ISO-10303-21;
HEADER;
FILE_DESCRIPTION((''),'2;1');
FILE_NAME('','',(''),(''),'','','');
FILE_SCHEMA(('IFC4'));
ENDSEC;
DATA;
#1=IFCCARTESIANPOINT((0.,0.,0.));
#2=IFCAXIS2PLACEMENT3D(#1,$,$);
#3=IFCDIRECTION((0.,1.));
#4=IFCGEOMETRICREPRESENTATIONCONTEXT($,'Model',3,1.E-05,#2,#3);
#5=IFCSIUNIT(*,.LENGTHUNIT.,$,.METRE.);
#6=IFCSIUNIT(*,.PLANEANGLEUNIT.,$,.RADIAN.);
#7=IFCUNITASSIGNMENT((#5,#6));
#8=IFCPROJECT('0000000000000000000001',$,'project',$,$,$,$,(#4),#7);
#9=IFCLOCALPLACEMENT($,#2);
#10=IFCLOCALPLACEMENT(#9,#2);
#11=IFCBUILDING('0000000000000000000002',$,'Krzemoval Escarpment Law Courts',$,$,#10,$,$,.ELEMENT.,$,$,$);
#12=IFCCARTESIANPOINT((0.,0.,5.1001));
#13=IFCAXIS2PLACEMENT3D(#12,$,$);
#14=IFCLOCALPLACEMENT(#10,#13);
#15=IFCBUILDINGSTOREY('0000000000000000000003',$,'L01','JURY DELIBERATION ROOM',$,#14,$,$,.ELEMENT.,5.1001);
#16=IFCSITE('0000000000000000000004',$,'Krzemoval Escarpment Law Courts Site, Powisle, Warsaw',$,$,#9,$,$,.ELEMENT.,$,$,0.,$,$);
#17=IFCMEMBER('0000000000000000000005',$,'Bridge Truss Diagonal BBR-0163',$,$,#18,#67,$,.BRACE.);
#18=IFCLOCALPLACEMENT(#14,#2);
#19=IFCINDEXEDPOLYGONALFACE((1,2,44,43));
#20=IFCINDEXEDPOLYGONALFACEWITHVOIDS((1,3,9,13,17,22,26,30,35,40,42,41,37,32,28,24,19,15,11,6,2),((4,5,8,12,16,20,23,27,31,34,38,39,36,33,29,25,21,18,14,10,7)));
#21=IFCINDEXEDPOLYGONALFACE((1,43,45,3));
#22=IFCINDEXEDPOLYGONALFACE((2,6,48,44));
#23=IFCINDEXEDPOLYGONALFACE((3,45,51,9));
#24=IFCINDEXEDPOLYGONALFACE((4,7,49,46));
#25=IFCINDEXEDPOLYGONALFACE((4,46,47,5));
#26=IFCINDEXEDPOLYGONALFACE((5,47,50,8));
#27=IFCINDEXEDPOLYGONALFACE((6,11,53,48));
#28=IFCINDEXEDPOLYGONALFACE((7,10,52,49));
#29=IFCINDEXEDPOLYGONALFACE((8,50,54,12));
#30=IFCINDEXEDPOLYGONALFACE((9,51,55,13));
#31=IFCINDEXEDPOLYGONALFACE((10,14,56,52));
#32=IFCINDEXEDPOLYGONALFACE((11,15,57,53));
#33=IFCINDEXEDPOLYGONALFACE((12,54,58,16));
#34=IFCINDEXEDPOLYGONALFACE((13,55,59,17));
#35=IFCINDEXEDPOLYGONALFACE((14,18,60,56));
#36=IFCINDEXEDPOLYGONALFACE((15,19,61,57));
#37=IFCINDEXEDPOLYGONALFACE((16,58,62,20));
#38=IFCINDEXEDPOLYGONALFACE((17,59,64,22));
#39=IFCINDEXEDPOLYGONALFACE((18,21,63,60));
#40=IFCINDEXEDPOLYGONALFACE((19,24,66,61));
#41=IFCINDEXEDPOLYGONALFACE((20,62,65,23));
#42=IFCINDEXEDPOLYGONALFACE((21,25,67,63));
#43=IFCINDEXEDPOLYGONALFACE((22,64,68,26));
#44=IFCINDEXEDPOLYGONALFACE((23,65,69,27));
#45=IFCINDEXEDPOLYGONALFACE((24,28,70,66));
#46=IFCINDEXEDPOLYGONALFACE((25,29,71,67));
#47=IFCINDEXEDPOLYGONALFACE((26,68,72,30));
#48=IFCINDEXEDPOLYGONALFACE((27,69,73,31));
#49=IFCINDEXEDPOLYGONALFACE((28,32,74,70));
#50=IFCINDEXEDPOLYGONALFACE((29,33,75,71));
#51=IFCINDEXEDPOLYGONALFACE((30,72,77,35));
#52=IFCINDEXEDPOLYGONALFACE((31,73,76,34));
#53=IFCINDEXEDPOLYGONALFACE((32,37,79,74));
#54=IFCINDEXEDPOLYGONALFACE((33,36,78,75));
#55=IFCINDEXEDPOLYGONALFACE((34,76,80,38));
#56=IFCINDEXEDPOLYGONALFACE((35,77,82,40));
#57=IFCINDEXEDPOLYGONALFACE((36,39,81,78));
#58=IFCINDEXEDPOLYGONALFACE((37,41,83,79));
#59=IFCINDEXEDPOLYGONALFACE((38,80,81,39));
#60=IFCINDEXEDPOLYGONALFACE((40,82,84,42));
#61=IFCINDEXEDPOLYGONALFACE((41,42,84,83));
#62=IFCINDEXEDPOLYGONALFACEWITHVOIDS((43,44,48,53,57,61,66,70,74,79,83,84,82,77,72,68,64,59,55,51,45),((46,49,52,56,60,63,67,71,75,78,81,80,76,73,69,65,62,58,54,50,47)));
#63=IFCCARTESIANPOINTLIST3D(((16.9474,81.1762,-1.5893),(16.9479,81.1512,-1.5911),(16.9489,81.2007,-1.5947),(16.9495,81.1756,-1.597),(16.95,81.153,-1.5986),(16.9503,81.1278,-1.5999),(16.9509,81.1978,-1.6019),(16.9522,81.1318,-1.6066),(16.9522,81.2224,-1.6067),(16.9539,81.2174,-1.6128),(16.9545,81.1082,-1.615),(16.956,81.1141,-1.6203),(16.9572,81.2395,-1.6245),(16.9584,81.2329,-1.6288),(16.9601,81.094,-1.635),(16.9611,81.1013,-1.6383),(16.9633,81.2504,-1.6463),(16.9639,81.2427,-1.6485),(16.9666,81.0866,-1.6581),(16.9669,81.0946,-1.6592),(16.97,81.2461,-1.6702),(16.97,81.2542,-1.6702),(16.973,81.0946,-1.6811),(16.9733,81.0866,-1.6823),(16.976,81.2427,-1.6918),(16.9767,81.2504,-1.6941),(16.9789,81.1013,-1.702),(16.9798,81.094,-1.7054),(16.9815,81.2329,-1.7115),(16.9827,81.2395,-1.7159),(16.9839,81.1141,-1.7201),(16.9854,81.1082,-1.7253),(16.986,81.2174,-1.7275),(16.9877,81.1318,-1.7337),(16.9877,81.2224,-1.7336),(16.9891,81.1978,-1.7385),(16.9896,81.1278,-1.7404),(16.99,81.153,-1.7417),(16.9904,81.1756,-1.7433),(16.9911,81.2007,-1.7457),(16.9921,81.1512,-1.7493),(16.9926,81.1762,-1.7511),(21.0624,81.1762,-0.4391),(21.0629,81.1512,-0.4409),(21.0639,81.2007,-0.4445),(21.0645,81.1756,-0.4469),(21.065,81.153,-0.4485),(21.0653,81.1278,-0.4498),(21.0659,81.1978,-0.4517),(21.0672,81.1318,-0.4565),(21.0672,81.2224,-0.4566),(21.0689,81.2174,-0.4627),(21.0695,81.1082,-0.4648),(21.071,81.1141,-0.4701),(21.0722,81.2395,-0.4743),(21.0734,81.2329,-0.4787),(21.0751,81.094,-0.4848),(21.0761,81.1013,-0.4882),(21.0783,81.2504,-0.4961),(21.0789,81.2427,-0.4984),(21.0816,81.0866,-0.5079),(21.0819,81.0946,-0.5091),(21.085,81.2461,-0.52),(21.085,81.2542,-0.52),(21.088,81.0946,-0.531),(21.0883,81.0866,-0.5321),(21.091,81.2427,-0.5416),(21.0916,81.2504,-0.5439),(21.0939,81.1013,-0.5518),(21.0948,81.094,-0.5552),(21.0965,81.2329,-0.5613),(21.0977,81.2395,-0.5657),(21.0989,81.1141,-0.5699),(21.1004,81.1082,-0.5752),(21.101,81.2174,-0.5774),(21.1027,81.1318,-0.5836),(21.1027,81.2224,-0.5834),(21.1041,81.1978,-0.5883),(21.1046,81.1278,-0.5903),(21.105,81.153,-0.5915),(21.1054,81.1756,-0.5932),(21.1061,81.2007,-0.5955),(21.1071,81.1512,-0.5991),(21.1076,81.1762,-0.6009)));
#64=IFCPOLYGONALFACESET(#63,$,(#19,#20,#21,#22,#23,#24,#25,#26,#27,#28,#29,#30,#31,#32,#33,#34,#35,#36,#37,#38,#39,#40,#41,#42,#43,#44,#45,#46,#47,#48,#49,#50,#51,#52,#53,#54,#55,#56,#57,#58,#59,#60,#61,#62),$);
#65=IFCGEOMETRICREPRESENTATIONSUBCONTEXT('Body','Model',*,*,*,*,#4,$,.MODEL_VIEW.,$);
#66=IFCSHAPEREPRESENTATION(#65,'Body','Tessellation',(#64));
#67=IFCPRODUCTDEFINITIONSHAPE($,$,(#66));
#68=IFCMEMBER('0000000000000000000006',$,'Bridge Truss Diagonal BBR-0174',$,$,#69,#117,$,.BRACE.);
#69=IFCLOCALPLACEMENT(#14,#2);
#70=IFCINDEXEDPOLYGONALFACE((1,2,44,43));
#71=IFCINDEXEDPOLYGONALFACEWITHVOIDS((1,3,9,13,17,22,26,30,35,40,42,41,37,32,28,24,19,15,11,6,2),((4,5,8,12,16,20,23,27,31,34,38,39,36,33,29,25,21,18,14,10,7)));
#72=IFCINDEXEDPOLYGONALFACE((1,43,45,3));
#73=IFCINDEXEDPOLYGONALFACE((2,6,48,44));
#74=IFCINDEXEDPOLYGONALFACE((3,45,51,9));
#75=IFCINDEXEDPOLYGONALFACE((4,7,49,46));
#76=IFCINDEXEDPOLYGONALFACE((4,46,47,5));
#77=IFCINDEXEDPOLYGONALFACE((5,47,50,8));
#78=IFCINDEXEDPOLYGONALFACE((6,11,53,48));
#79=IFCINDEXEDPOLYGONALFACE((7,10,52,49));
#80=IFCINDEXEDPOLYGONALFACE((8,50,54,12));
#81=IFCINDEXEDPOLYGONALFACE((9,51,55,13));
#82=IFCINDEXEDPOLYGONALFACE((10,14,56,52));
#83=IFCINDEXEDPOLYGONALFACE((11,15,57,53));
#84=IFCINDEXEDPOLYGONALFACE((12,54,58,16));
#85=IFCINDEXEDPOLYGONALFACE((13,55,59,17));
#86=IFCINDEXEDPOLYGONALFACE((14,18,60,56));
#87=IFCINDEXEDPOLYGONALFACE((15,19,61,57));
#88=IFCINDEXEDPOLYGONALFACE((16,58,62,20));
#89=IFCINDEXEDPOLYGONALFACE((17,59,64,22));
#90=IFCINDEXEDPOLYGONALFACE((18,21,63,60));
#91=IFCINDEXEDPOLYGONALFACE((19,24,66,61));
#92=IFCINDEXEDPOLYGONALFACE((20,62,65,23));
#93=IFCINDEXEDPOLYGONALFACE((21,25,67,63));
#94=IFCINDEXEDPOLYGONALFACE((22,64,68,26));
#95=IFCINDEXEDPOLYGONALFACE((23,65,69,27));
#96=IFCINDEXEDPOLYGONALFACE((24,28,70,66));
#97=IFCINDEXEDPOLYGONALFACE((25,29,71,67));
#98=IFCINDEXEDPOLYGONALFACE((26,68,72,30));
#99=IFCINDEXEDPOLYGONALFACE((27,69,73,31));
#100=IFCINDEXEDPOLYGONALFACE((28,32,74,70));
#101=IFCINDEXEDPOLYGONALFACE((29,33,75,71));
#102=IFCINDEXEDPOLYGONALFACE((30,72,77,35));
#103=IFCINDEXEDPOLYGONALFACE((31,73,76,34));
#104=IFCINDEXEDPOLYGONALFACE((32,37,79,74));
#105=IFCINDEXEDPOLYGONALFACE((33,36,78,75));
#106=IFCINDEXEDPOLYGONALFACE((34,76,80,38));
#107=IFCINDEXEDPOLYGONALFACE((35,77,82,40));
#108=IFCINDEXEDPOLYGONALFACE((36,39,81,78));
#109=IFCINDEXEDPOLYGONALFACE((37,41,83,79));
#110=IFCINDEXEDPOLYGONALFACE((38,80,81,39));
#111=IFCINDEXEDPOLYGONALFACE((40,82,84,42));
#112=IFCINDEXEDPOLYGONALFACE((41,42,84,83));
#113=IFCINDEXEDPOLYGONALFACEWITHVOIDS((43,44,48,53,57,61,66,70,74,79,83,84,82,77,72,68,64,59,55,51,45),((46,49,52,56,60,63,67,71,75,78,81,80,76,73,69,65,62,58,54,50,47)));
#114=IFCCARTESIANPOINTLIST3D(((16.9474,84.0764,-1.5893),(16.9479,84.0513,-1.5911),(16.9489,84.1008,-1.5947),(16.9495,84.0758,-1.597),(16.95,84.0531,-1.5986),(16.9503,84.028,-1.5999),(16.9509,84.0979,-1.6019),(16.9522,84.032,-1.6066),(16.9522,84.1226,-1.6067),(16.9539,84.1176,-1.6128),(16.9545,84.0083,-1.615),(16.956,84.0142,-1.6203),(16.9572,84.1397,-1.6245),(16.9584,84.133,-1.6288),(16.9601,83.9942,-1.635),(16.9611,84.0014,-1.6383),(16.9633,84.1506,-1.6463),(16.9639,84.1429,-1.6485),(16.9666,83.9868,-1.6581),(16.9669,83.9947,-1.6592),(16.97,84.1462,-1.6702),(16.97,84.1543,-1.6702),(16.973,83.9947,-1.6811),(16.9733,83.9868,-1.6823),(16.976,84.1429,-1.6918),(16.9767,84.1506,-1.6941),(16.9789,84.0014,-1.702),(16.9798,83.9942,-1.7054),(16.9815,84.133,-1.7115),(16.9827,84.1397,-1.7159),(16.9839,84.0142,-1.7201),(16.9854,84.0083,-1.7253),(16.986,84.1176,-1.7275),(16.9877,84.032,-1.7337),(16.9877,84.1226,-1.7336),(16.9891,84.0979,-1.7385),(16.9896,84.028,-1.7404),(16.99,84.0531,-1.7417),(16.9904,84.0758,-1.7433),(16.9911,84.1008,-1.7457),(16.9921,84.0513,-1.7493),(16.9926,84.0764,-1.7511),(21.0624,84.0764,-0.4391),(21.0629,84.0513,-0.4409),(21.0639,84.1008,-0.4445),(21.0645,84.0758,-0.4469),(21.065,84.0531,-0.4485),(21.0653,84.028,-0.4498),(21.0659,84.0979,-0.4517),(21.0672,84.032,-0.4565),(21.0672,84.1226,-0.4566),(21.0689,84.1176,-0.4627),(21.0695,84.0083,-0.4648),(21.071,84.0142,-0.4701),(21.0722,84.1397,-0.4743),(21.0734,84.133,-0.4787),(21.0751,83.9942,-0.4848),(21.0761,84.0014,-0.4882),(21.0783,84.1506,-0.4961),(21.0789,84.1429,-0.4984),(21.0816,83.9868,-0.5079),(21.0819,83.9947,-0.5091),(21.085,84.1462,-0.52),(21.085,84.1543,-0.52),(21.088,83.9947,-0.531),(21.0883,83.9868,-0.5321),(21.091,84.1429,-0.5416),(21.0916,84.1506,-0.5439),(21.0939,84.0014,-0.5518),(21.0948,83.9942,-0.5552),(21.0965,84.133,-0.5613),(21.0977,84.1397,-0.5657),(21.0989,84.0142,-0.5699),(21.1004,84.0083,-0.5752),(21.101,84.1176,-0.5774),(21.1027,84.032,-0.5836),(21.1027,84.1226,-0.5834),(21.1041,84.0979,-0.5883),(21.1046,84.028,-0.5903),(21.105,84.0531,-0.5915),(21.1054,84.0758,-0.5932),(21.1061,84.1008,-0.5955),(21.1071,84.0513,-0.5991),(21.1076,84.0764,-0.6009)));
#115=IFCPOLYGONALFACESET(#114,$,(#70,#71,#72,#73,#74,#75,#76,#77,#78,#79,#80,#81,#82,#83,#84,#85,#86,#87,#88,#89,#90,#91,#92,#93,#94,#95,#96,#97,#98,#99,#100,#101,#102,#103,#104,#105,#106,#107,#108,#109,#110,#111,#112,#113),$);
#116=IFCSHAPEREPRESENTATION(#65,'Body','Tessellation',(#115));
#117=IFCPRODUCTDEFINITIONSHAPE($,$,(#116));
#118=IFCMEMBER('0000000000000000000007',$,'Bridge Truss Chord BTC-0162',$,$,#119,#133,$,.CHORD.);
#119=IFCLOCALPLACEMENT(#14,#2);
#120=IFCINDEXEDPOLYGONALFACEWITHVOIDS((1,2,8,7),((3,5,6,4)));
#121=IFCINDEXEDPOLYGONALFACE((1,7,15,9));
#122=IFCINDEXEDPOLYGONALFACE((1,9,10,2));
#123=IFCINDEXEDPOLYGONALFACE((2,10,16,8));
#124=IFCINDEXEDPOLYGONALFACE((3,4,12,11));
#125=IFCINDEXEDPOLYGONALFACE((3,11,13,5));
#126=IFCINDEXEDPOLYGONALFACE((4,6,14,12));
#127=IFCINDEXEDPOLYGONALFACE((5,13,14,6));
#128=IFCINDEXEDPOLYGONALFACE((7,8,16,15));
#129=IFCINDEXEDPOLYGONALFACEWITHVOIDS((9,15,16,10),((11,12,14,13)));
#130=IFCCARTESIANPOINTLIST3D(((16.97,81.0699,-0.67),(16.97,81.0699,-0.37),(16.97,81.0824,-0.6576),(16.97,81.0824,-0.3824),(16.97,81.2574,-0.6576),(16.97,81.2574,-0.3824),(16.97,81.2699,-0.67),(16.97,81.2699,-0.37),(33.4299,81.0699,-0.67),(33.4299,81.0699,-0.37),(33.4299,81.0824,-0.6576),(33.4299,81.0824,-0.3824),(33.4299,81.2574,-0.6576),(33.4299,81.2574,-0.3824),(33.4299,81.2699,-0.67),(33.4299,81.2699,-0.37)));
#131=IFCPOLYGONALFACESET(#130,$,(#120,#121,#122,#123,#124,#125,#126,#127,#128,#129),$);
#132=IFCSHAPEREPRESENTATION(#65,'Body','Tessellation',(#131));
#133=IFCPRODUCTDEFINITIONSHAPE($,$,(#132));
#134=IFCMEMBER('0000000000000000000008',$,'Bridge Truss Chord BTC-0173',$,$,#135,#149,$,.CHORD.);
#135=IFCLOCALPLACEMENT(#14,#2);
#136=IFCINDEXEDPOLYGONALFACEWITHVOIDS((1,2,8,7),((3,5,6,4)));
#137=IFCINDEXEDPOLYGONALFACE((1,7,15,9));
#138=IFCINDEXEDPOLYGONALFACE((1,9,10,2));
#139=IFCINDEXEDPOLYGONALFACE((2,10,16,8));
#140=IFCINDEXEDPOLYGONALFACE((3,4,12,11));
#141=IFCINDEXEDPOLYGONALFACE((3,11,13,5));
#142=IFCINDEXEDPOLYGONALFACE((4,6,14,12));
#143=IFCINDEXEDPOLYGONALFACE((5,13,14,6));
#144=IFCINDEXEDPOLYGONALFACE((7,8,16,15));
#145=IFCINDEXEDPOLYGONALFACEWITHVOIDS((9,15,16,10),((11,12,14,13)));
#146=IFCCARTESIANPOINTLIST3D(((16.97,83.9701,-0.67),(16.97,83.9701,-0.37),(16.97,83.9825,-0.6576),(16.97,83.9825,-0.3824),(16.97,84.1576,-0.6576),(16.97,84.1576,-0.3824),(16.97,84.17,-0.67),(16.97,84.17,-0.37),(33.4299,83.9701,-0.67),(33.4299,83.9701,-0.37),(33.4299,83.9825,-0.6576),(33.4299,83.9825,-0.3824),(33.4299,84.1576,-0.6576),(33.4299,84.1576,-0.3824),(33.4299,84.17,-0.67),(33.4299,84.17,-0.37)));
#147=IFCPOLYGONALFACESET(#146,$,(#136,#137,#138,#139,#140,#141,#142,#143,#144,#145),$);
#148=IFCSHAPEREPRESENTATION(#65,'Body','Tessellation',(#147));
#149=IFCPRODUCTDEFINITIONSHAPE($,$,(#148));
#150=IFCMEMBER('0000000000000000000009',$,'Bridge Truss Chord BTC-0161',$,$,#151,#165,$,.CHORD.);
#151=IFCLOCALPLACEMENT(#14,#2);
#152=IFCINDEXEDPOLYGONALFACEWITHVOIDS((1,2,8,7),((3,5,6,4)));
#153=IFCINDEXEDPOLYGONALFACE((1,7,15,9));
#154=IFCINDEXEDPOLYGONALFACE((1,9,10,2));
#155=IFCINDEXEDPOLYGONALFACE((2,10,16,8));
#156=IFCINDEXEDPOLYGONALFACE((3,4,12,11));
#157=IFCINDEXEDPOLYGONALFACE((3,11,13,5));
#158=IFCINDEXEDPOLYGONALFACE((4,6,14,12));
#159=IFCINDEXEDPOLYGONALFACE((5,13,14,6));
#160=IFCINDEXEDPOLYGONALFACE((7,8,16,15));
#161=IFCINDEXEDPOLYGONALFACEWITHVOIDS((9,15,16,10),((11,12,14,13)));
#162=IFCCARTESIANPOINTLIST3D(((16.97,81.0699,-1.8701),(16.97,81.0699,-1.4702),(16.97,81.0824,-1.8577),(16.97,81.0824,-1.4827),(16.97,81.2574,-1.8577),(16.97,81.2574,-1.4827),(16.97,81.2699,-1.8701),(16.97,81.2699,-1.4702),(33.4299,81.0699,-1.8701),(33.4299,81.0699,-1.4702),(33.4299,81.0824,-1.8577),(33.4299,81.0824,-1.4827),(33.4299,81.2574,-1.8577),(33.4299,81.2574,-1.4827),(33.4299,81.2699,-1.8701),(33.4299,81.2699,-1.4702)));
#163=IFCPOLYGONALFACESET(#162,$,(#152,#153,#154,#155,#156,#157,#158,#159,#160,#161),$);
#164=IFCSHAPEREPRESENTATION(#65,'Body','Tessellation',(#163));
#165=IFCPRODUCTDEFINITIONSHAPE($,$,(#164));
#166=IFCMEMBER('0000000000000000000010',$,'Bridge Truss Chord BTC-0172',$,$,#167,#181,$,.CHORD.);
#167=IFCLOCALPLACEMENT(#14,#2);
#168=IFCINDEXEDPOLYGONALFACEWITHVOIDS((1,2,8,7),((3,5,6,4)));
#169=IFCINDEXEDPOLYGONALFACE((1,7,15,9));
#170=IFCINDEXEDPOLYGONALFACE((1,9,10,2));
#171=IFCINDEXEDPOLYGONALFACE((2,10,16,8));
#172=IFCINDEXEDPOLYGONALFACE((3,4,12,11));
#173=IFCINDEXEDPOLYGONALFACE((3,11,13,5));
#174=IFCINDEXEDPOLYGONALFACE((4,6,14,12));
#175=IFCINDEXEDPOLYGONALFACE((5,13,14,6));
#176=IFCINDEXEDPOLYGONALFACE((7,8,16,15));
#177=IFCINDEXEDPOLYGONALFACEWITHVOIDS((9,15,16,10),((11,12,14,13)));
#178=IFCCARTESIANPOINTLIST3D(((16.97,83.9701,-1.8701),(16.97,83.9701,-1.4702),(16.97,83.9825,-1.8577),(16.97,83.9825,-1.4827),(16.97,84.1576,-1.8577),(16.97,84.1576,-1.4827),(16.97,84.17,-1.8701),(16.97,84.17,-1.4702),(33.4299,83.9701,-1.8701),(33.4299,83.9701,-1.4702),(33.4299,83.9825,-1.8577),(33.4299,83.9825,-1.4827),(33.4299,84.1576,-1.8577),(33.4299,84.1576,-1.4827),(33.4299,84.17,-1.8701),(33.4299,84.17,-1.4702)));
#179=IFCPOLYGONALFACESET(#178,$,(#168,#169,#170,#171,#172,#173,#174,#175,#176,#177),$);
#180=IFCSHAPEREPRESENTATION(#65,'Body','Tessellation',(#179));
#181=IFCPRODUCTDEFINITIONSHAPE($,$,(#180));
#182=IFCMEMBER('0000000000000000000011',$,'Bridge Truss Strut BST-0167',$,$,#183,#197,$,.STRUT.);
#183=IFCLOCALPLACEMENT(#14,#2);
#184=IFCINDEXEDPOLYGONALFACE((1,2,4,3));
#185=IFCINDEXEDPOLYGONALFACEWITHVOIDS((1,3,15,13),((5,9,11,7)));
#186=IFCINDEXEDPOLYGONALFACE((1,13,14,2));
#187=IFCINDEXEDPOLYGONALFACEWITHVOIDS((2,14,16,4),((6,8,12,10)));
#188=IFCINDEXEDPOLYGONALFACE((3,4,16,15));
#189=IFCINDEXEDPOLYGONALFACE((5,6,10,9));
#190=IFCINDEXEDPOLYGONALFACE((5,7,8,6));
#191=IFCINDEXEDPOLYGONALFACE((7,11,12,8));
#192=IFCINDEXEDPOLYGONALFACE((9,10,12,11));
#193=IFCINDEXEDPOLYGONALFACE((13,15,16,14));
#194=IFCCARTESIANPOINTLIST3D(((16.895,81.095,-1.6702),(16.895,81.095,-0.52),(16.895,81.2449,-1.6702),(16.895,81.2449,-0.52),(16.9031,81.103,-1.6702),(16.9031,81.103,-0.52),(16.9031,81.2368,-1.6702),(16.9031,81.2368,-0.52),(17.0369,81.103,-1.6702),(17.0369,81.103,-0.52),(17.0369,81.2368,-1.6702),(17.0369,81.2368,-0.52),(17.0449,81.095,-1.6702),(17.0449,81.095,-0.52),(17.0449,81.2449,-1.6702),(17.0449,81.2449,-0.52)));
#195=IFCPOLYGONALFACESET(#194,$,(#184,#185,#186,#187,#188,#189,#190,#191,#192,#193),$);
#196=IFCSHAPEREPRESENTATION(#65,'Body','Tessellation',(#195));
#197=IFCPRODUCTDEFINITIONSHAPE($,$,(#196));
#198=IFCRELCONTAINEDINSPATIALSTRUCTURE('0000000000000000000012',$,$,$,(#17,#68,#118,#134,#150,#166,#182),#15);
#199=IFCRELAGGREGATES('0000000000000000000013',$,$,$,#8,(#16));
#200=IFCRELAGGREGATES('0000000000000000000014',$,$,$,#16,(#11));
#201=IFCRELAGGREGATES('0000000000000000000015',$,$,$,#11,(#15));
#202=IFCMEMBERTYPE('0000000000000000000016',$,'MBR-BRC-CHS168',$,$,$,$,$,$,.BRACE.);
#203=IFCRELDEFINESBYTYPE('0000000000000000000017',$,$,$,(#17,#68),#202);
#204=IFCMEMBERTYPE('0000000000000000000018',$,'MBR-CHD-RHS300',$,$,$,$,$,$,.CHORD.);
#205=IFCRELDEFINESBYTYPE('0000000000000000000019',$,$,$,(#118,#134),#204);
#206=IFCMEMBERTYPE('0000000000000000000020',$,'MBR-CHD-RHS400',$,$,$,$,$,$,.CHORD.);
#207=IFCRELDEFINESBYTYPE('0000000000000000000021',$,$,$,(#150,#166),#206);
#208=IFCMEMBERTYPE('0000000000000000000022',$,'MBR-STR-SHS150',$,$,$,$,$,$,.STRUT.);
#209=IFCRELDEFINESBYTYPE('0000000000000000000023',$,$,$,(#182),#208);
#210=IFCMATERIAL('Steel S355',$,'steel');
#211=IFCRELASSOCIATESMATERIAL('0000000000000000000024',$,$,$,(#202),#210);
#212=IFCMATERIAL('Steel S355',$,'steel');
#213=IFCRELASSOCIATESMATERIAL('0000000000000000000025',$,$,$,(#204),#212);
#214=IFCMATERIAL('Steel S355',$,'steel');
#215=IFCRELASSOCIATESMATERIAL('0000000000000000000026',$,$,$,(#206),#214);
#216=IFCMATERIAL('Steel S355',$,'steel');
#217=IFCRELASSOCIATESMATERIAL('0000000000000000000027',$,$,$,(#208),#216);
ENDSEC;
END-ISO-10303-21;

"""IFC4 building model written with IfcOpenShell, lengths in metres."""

from ifc_helpers import new_model, si_unit, direction, frame, origin, origin_2d, place, context, subcontext, project, spatial, hollow_rectangle, hollow_circle, extrude, material, material_profile, profile_set, type_object, element, save


model = new_model("IFC4")

# Units and contexts
model_context = context("Model", 3, precision=1e-05, world=origin(), true_north=direction((0.0, 1.0)))
body_context = subcontext(model_context, "Body", "Model", "MODEL_VIEW")
ifc_project = project(units=[si_unit("LENGTHUNIT", "METRE"), si_unit("PLANEANGLEUNIT", "RADIAN")], contexts=[model_context])

# Site, building, storey
site_placement = place(None, origin())
site = spatial("IfcSite", under=ifc_project, at=site_placement, Name="Krzemoval Escarpment Law Courts Site, Powisle, Warsaw", CompositionType="ELEMENT", RefElevation=0.0)
building_placement = place(site_placement, origin())
building = spatial("IfcBuilding", under=site, at=building_placement, Name="Krzemoval Escarpment Law Courts", CompositionType="ELEMENT")
storey_placement = place(building_placement, frame((0.0, 0.0, 5.1001)))
storey = spatial("IfcBuildingStorey", under=building, at=storey_placement, Name="L01", Description="JURY DELIBERATION ROOM", CompositionType="ELEMENT", Elevation=5.1001)

# Members
ifc_material_1 = material(Name="Steel S355", Category="steel")
ifc_material_profile_1 = material_profile(ifc_material_1, hollow_circle(Radius=0.0842, WallThickness=0.0081, at=origin_2d()), Name="CHS 168.3x8")
ifc_profile_set_1 = profile_set([ifc_material_profile_1], Name="Steel S355")
member_type_1 = type_object("IfcMemberType", Name="MBR-BRC-CHS168", PredefinedType="BRACE", material=ifc_profile_set_1)
for number, where, z_axis, x_axis, name in (
    (1, (16.97, 81.1699, -1.6702), (0.963089, 0.0, 0.269185), (0.0, 1.0, 0.0), "Bridge Truss Diagonal BBR-0163"),
    (2, (16.97, 84.0701, -1.6702), (0.963089, 0.0, 0.269185), (0.0, 1.0, 0.0), "Bridge Truss Diagonal BBR-0174"),
):
    element("IfcMember", number, at=place(storey_placement, frame(where, z_axis=z_axis, x_axis=x_axis)), inside=storey, type_object=member_type_1, Name=name, PredefinedType="BRACE", context=body_context, shape_type="SweptSolid", body=[
        extrude(hollow_circle(Radius=0.0842, WallThickness=0.0081, at=origin_2d()), origin(), (0.0, 0.0, 1.0), 4.2727),
    ])
ifc_material_2 = material(Name="Steel S355", Category="steel")
ifc_material_profile_2 = material_profile(ifc_material_2, hollow_rectangle(XDim=0.2, YDim=0.3, WallThickness=0.0125, at=origin_2d()), Name="RHS 300x200x12.5")
ifc_profile_set_2 = profile_set([ifc_material_profile_2], Name="Steel S355")
member_type_2 = type_object("IfcMemberType", Name="MBR-CHD-RHS300", PredefinedType="CHORD", material=ifc_profile_set_2)
for number, where, z_axis, x_axis, name in (
    (3, (16.97, 81.1699, -0.52), (1.0, 0.0, 0.0), (0.0, 1.0, 0.0), "Bridge Truss Chord BTC-0162"),
    (4, (16.97, 84.0701, -0.52), (1.0, 0.0, 0.0), (0.0, 1.0, 0.0), "Bridge Truss Chord BTC-0173"),
):
    element("IfcMember", number, at=place(storey_placement, frame(where, z_axis=z_axis, x_axis=x_axis)), inside=storey, type_object=member_type_2, Name=name, PredefinedType="CHORD", context=body_context, shape_type="SweptSolid", body=[
        extrude(hollow_rectangle(XDim=0.2, YDim=0.3, WallThickness=0.0125, at=origin_2d()), origin(), (0.0, 0.0, 1.0), 16.46),
    ])
ifc_material_3 = material(Name="Steel S355", Category="steel")
ifc_material_profile_3 = material_profile(ifc_material_3, hollow_rectangle(XDim=0.2, YDim=0.3999, WallThickness=0.0125, at=origin_2d()), Name="RHS 400x200x12.5")
ifc_profile_set_3 = profile_set([ifc_material_profile_3], Name="Steel S355")
member_type_3 = type_object("IfcMemberType", Name="MBR-CHD-RHS400", PredefinedType="CHORD", material=ifc_profile_set_3)
for number, where, z_axis, x_axis, name in (
    (5, (16.97, 81.1699, -1.6702), (1.0, 0.0, 0.0), (0.0, 1.0, 0.0), "Bridge Truss Chord BTC-0161"),
    (6, (16.97, 84.0701, -1.6702), (1.0, 0.0, 0.0), (0.0, 1.0, 0.0), "Bridge Truss Chord BTC-0172"),
):
    element("IfcMember", number, at=place(storey_placement, frame(where, z_axis=z_axis, x_axis=x_axis)), inside=storey, type_object=member_type_3, Name=name, PredefinedType="CHORD", context=body_context, shape_type="SweptSolid", body=[
        extrude(hollow_rectangle(XDim=0.2, YDim=0.3999, WallThickness=0.0125, at=origin_2d()), origin(), (0.0, 0.0, 1.0), 16.46),
    ])
ifc_material_4 = material(Name="Steel S355", Category="steel")
ifc_material_profile_4 = material_profile(ifc_material_4, hollow_rectangle(XDim=0.1499, YDim=0.1499, WallThickness=0.0081, at=origin_2d()), Name="SHS 150x150x8")
ifc_profile_set_4 = profile_set([ifc_material_profile_4], Name="Steel S355")
member_type_4 = type_object("IfcMemberType", Name="MBR-STR-SHS150", PredefinedType="STRUT", material=ifc_profile_set_4)
for number, where, z_axis, x_axis, name in (
    (7, (16.97, 81.1699, -1.6702), (0.0, 0.0, 1.0), (1.0, 0.0, 0.0), "Bridge Truss Strut BST-0167"),
):
    element("IfcMember", number, at=place(storey_placement, frame(where, z_axis=z_axis, x_axis=x_axis)), inside=storey, type_object=member_type_4, Name=name, PredefinedType="STRUT", context=body_context, shape_type="SweptSolid", body=[
        extrude(hollow_rectangle(XDim=0.1499, YDim=0.1499, WallThickness=0.0081, at=origin_2d()), origin(), (0.0, 0.0, 1.0), 1.1501),
    ])

save(model, "model.ifc")
